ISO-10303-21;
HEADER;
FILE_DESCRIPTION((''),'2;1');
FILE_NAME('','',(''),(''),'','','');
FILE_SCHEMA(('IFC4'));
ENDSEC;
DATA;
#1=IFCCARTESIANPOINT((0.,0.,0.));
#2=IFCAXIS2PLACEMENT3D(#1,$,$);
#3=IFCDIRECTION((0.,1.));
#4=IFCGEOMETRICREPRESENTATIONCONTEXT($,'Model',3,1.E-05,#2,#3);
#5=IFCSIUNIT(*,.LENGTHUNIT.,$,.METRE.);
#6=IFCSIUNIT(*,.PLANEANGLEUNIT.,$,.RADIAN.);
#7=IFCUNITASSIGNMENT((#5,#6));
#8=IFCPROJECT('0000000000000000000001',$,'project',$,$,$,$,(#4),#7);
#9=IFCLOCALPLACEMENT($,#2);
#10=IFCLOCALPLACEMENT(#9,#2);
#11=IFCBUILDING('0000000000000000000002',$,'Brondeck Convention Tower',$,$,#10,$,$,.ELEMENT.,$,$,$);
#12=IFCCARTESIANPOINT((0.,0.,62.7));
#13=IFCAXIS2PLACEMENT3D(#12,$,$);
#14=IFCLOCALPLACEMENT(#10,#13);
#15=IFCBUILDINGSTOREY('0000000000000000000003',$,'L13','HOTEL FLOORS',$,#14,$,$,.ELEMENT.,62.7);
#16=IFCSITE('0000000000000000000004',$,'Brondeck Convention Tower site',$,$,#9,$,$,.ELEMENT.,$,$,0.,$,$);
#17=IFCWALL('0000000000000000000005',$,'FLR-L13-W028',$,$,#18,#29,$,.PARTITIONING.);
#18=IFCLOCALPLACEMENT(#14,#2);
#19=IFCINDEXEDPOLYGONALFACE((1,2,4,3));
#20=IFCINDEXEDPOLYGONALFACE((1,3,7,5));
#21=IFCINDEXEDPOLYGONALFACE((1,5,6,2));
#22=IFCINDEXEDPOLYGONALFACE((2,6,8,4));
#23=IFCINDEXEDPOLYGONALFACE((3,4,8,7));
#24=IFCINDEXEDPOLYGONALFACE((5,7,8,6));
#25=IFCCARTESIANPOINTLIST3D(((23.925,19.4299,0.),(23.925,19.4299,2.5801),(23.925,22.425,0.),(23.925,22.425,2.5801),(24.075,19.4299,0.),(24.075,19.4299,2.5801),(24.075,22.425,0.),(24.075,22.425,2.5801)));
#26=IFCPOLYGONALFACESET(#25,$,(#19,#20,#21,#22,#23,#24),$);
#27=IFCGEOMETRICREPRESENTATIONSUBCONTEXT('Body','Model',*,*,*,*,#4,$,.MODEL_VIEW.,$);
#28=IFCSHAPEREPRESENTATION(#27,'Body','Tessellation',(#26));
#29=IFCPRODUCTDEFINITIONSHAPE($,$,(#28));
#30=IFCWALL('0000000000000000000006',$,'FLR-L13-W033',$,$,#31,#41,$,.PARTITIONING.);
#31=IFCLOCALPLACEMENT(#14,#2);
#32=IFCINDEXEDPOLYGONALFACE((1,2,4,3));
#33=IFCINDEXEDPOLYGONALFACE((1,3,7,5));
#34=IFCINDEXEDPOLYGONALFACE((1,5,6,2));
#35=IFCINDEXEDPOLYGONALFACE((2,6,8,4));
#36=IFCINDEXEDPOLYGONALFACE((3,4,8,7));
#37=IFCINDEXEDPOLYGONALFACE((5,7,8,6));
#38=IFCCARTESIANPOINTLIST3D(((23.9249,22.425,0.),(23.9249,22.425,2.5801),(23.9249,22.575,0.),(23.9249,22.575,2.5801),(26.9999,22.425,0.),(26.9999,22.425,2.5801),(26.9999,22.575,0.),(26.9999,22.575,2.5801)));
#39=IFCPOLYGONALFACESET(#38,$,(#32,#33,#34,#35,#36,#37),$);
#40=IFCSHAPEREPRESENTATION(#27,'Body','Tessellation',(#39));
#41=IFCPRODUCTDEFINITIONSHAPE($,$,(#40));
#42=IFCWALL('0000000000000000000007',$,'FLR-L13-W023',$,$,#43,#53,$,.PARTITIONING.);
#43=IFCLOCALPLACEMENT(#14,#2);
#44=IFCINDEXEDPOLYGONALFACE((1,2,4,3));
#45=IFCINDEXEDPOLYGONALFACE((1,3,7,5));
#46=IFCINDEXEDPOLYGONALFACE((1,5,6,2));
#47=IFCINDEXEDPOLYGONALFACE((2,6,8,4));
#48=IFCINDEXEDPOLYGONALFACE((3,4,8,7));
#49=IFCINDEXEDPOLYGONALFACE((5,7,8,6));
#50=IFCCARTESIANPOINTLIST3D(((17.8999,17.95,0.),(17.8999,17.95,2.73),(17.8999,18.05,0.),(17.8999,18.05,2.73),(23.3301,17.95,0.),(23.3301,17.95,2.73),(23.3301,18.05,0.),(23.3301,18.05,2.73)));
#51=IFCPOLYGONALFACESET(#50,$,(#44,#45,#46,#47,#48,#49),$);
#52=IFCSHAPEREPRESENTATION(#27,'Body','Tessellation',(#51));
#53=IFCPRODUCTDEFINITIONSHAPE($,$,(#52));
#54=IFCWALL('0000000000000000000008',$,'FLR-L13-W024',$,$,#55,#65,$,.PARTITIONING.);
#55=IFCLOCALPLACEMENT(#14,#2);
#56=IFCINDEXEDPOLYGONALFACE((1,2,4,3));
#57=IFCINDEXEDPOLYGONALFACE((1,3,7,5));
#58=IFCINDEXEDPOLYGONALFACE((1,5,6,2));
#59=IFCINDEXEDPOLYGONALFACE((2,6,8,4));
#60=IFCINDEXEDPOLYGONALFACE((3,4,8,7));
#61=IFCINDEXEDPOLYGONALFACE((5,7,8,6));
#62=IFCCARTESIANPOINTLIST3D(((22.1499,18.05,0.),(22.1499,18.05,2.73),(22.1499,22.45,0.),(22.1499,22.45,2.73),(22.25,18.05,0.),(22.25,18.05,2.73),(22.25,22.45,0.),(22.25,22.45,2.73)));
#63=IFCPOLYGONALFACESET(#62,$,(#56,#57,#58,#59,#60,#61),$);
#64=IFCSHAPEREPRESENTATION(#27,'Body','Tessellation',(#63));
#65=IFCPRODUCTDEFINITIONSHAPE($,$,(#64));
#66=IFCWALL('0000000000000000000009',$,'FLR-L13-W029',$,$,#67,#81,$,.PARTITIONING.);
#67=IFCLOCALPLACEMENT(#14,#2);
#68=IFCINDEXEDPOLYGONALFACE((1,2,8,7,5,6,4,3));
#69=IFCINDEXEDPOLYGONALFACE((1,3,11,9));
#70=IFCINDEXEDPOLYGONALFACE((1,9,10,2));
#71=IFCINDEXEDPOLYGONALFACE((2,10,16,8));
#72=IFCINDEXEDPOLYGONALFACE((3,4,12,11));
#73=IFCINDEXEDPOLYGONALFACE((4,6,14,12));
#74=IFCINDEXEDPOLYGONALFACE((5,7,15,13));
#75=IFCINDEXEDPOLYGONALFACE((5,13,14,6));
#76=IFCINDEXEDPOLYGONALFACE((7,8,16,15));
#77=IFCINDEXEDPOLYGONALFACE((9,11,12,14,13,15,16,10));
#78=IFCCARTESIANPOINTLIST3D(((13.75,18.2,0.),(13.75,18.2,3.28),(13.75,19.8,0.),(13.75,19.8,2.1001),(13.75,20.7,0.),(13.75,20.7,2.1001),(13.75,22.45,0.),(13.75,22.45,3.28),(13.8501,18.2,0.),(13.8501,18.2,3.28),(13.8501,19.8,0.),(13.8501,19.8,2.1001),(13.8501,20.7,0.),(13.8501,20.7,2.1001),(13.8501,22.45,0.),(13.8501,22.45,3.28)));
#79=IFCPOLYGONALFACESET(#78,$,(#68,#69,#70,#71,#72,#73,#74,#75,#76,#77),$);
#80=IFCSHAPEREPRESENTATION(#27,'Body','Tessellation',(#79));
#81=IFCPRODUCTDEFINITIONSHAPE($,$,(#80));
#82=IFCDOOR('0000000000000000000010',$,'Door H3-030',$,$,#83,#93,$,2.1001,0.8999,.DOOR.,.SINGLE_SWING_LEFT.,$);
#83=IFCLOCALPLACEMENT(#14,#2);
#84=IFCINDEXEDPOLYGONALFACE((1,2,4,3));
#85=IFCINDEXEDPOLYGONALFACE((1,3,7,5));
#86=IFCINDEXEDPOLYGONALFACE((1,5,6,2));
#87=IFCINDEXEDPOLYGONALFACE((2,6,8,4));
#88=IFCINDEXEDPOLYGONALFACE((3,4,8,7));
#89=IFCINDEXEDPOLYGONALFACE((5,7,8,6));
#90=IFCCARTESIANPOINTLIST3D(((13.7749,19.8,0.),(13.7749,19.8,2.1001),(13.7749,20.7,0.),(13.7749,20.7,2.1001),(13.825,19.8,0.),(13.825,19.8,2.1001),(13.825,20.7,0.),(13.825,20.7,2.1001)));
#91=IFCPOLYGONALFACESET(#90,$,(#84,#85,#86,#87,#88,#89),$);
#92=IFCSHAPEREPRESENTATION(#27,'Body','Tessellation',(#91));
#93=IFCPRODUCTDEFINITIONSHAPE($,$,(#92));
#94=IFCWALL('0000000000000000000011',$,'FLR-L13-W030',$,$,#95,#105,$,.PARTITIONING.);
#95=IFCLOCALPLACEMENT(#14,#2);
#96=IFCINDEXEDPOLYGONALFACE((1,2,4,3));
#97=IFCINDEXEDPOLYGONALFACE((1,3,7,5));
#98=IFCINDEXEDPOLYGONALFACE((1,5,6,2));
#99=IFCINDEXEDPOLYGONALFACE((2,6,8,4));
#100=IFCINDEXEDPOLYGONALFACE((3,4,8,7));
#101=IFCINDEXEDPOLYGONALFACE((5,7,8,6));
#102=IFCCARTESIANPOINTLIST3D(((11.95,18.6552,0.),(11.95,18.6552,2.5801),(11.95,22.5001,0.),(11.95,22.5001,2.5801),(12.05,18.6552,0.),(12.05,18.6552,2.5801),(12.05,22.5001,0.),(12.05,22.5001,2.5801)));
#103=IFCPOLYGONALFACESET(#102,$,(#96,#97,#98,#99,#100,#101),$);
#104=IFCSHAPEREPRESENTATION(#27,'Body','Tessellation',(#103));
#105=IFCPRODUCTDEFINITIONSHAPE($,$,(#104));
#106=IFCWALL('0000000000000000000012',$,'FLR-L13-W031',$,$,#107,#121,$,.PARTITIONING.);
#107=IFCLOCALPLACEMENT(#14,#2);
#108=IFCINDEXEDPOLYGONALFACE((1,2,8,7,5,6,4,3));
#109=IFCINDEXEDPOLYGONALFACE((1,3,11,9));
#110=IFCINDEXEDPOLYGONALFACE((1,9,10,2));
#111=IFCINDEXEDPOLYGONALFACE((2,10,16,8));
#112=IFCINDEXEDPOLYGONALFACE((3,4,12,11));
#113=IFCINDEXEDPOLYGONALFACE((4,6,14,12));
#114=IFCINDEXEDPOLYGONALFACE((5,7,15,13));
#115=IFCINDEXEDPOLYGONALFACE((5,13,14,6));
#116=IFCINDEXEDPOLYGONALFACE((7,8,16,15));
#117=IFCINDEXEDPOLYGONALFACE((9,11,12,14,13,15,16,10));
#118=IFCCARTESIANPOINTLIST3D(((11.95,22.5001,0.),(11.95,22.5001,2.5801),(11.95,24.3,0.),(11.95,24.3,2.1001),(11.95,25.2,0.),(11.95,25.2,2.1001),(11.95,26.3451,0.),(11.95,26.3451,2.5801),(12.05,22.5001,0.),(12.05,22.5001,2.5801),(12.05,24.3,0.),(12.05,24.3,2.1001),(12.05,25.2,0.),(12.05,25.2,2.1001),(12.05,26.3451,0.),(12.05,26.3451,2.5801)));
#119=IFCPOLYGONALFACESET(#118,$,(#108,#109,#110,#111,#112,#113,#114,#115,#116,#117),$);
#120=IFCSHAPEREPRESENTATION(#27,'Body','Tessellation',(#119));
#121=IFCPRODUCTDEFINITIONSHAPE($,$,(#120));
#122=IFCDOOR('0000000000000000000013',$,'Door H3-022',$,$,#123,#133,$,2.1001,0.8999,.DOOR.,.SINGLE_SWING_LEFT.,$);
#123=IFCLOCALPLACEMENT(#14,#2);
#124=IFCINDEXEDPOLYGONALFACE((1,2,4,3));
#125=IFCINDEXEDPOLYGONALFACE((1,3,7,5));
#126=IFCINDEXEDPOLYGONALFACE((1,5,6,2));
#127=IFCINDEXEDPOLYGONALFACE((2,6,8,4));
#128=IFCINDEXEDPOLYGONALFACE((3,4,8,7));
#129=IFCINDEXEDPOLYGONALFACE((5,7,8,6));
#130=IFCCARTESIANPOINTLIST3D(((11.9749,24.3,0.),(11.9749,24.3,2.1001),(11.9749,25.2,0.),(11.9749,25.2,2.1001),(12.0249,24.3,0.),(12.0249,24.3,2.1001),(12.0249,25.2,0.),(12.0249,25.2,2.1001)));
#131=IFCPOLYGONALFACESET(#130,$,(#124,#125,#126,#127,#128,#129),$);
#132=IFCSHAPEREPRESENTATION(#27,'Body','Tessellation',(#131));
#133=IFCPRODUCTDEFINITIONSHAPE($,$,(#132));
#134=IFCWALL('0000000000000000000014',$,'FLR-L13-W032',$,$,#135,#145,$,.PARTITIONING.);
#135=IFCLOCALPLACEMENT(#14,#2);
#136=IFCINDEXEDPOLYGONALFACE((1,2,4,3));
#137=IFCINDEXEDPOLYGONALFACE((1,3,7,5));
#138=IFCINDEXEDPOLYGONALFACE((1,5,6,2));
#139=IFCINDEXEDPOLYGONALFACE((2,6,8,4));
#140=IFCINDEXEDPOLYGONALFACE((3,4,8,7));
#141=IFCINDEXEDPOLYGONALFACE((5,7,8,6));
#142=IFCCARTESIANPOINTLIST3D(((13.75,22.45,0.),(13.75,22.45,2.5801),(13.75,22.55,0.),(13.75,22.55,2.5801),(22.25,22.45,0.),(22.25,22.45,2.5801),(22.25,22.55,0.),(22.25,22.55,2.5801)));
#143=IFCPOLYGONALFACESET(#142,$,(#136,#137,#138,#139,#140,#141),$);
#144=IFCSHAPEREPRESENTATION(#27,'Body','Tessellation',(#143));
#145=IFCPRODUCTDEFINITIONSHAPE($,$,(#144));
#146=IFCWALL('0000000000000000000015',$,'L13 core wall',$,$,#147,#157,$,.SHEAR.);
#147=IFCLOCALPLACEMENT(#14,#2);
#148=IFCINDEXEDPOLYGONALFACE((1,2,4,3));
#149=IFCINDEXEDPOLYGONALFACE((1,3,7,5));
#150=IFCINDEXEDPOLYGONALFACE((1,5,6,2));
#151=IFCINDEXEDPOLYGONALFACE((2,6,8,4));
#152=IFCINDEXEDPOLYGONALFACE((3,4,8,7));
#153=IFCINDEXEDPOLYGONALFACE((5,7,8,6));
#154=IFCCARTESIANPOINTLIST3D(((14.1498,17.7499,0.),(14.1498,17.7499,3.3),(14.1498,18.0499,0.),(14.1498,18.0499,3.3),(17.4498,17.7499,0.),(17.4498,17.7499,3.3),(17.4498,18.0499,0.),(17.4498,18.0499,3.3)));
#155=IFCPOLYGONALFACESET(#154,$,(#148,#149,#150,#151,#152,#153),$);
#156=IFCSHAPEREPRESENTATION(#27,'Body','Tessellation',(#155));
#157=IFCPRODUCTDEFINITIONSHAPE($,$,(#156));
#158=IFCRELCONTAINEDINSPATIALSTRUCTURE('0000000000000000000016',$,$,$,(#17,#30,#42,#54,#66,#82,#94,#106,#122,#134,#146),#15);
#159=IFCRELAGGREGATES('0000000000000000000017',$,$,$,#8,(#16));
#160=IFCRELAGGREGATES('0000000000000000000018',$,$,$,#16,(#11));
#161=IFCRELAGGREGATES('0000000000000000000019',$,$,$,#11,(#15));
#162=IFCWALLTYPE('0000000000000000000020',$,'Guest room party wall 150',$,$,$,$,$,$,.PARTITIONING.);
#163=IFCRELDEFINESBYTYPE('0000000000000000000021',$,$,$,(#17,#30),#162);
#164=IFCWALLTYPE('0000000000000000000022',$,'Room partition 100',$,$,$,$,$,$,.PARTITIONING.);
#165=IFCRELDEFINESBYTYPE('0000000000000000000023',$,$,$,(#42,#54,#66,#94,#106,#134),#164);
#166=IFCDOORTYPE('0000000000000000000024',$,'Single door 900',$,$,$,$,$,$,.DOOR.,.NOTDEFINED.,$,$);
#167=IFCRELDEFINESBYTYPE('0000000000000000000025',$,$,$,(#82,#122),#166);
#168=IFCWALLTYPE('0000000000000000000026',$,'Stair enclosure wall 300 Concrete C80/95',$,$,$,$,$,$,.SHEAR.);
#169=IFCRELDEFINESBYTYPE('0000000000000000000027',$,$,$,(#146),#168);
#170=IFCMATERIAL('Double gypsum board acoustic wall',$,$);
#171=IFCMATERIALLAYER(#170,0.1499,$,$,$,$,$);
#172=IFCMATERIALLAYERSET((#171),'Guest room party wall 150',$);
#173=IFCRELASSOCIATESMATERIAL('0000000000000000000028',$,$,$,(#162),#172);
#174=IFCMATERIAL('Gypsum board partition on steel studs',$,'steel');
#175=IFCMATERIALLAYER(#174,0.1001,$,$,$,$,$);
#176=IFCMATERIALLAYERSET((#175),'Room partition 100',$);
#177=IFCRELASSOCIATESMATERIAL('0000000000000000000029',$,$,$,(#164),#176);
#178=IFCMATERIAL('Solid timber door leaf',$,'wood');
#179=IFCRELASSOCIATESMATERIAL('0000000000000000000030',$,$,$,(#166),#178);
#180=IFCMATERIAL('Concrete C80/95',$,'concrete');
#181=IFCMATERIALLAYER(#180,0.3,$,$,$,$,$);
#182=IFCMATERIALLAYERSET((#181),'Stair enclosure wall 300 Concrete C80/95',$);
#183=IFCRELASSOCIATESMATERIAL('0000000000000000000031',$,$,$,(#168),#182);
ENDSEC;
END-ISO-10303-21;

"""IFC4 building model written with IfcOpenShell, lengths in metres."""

from ifc_helpers import new_model, si_unit, direction, frame, frame_2d, origin, place, context, subcontext, project, spatial, rectangle, extrude, material, layer, layer_set, type_object, element, fill, save


model = new_model("IFC4")

# Units and contexts
model_context = context("Model", 3, precision=1e-05, world=origin(), true_north=direction((0.0, 1.0)))
body_context = subcontext(model_context, "Body", "Model", "MODEL_VIEW")
ifc_project = project(units=[si_unit("LENGTHUNIT", "METRE"), si_unit("PLANEANGLEUNIT", "RADIAN")], contexts=[model_context])

# Site, building, storey
site_placement = place(None, origin())
site = spatial("IfcSite", under=ifc_project, at=site_placement, Name="Brondeck Convention Tower site", CompositionType="ELEMENT", RefElevation=0.0)
building_placement = place(site_placement, origin())
building = spatial("IfcBuilding", under=site, at=building_placement, Name="Brondeck Convention Tower", CompositionType="ELEMENT")
storey_placement = place(building_placement, frame((0.0, 0.0, 62.7)))
storey = spatial("IfcBuildingStorey", under=building, at=storey_placement, Name="L13", Description="HOTEL FLOORS", CompositionType="ELEMENT", Elevation=62.7)

# Shared definitions
ifc_material_1 = material(Name="Concrete C80/95", Category="concrete")

# Shared definitions
ifc_material_2 = material(Name="Double gypsum board acoustic wall")
ifc_layer_1 = layer(ifc_material_2, 0.1499)
ifc_layer_set_1 = layer_set([ifc_layer_1], Name="Guest room party wall 150")
wall_type_1 = type_object("IfcWallType", Name="Guest room party wall 150", PredefinedType="PARTITIONING", material=ifc_layer_set_1)

# Shared definitions
ifc_material_3 = material(Name="Solid timber door leaf", Category="wood")

# Walls
wall_1_placement = place(storey_placement, frame((24.0, 22.425, 0.0), z_axis=(0.0, 0.0, 1.0), x_axis=(0.0, -1.0, 0.0)))
element("IfcWall", 1, at=wall_1_placement, inside=storey, type_object=wall_type_1, Name="FLR-L13-W028", PredefinedType="PARTITIONING", context=body_context, shape_type="SweptSolid", body=[
    extrude(rectangle(XDim=2.9951, YDim=0.1499, at=frame_2d((1.4976, 0.0))), origin(), (0.0, 0.0, 1.0), 2.5801),
])
wall_2_placement = place(storey_placement, frame((27.0, 22.5, 0.0), z_axis=(0.0, 0.0, 1.0), x_axis=(-1.0, 0.0, 0.0)))
element("IfcWall", 2, at=wall_2_placement, inside=storey, type_object=wall_type_1, Name="FLR-L13-W033", PredefinedType="PARTITIONING", context=body_context, shape_type="SweptSolid", body=[
    extrude(rectangle(XDim=3.075, YDim=0.1499, at=frame_2d((1.5376, 0.0))), origin(), (0.0, 0.0, 1.0), 2.5801),
])
ifc_material_4 = material(Name="Gypsum board partition on steel studs", Category="steel")
ifc_layer_2 = layer(ifc_material_4, 0.1001)
ifc_layer_set_2 = layer_set([ifc_layer_2], Name="Room partition 100")
wall_type_2 = type_object("IfcWallType", Name="Room partition 100", PredefinedType="PARTITIONING", material=ifc_layer_set_2)
wall_3_placement = place(storey_placement, frame((23.3301, 18.0, 0.0), z_axis=(0.0, 0.0, 1.0), x_axis=(-1.0, 0.0, 0.0)))
element("IfcWall", 3, at=wall_3_placement, inside=storey, type_object=wall_type_2, Name="FLR-L13-W023", PredefinedType="PARTITIONING", context=body_context, shape_type="SweptSolid", body=[
    extrude(rectangle(XDim=5.4302, YDim=0.1001, at=frame_2d((2.7151, 0.0))), origin(), (0.0, 0.0, 1.0), 2.73),
])
wall_4_placement = place(storey_placement, frame((22.2, 18.05, 0.0), z_axis=(0.0, 0.0, 1.0), x_axis=(0.0, 1.0, 0.0)))
element("IfcWall", 4, at=wall_4_placement, inside=storey, type_object=wall_type_2, Name="FLR-L13-W024", PredefinedType="PARTITIONING", context=body_context, shape_type="SweptSolid", body=[
    extrude(rectangle(XDim=4.3999, YDim=0.1001, at=frame_2d((2.2, 0.0))), origin(), (0.0, 0.0, 1.0), 2.73),
])

# Wall, opening, door
wall_5_placement = place(storey_placement, frame((13.8, 22.45, 0.0), z_axis=(0.0, 0.0, 1.0), x_axis=(0.0, -1.0, 0.0)))
wall_5 = element("IfcWall", 5, at=wall_5_placement, inside=storey, type_object=wall_type_2, Name="FLR-L13-W029", PredefinedType="PARTITIONING", context=body_context, shape_type="SweptSolid", body=[
    extrude(rectangle(XDim=4.25, YDim=0.1001, at=frame_2d((2.125, 0.0))), origin(), (0.0, 0.0, 1.0), 3.28),
])
opening_1_placement = place(wall_5_placement, frame((1.75, 0.0, 0.0)))
opening_1 = element("IfcOpeningElement", 6, at=opening_1_placement, cuts=wall_5, PredefinedType="OPENING", context=body_context, shape_type="SweptSolid", body=[
    extrude(rectangle(XDim=0.8999, YDim=2.1001, at=frame_2d((0.45, 1.05))), frame((0.0, 0.0601, 0.0), z_axis=(0.0, -1.0, 0.0), x_axis=(1.0, 0.0, 0.0)), (0.0, 0.0, 1.0), 0.1201),
])
door_type_1 = type_object("IfcDoorType", Name="Single door 900", OperationType="NOTDEFINED", PredefinedType="DOOR", material=ifc_material_3)
door_1_placement = place(opening_1_placement, origin())
door_1 = element("IfcDoor", 7, at=door_1_placement, inside=storey, type_object=door_type_1, Name="Door H3-030", OperationType="SINGLE_SWING_LEFT", OverallHeight=2.1001, OverallWidth=0.8999, PredefinedType="DOOR", context=body_context, shape_type="SweptSolid", body=[
    extrude(rectangle(XDim=0.8999, YDim=2.1001, at=frame_2d((0.45, 1.05))), frame((0.0, 0.0249, 0.0), z_axis=(0.0, -1.0, 0.0), x_axis=(1.0, 0.0, 0.0)), (0.0, 0.0, 1.0), 0.05),
])
fill(opening_1, door_1)

# Wall
wall_6_placement = place(storey_placement, frame((12.0, 22.5, 0.0), z_axis=(0.0, 0.0, 1.0), x_axis=(0.0, -1.0, 0.0)))
element("IfcWall", 8, at=wall_6_placement, inside=storey, type_object=wall_type_2, Name="FLR-L13-W030", PredefinedType="PARTITIONING", context=body_context, shape_type="SweptSolid", body=[
    extrude(rectangle(XDim=3.845, YDim=0.1001, at=frame_2d((1.9224, 0.0))), origin(), (0.0, 0.0, 1.0), 2.5801),
])

# Wall, opening, door
wall_7_placement = place(storey_placement, frame((12.0, 26.345, 0.0), z_axis=(0.0, 0.0, 1.0), x_axis=(0.0, -1.0, 0.0)))
wall_7 = element("IfcWall", 9, at=wall_7_placement, inside=storey, type_object=wall_type_2, Name="FLR-L13-W031", PredefinedType="PARTITIONING", context=body_context, shape_type="SweptSolid", body=[
    extrude(rectangle(XDim=3.845, YDim=0.1001, at=frame_2d((1.9224, 0.0))), origin(), (0.0, 0.0, 1.0), 2.5801),
])
opening_2_placement = place(wall_7_placement, frame((1.145, 0.0, 0.0)))
opening_2 = element("IfcOpeningElement", 10, at=opening_2_placement, cuts=wall_7, PredefinedType="OPENING", context=body_context, shape_type="SweptSolid", body=[
    extrude(rectangle(XDim=0.8999, YDim=2.1001, at=frame_2d((0.45, 1.05))), frame((0.0, 0.0601, 0.0), z_axis=(0.0, -1.0, 0.0), x_axis=(1.0, 0.0, 0.0)), (0.0, 0.0, 1.0), 0.1201),
])
door_2_placement = place(opening_2_placement, origin())
door_2 = element("IfcDoor", 11, at=door_2_placement, inside=storey, type_object=door_type_1, Name="Door H3-022", OperationType="SINGLE_SWING_LEFT", OverallHeight=2.1001, OverallWidth=0.8999, PredefinedType="DOOR", context=body_context, shape_type="SweptSolid", body=[
    extrude(rectangle(XDim=0.8999, YDim=2.1001, at=frame_2d((0.45, 1.05))), frame((0.0, 0.0249, 0.0), z_axis=(0.0, -1.0, 0.0), x_axis=(1.0, 0.0, 0.0)), (0.0, 0.0, 1.0), 0.05),
])
fill(opening_2, door_2)

# Walls
wall_8_placement = place(storey_placement, frame((22.25, 22.5, 0.0), z_axis=(0.0, 0.0, 1.0), x_axis=(-1.0, 0.0, 0.0)))
element("IfcWall", 12, at=wall_8_placement, inside=storey, type_object=wall_type_2, Name="FLR-L13-W032", PredefinedType="PARTITIONING", context=body_context, shape_type="SweptSolid", body=[
    extrude(rectangle(XDim=8.5, YDim=0.1001, at=frame_2d((4.25, 0.0))), origin(), (0.0, 0.0, 1.0), 2.5801),
])
ifc_layer_3 = layer(ifc_material_1, 0.3)
ifc_layer_set_3 = layer_set([ifc_layer_3], Name="Stair enclosure wall 300 Concrete C80/95")
wall_type_3 = type_object("IfcWallType", Name="Stair enclosure wall 300 Concrete C80/95", PredefinedType="SHEAR", material=ifc_layer_set_3)
wall_9_placement = place(storey_placement, frame((14.1499, 17.8999, 0.0), z_axis=(0.0, 0.0, 1.0), x_axis=(1.0, 0.0, 0.0)))
element("IfcWall", 13, at=wall_9_placement, inside=storey, type_object=wall_type_3, Name="L13 core wall", PredefinedType="SHEAR", context=body_context, shape_type="SweptSolid", body=[
    extrude(rectangle(XDim=3.3, YDim=0.3, at=frame_2d((1.6499, 0.0))), origin(), (0.0, 0.0, 1.0), 3.3),
])

save(model, "model.ifc")
